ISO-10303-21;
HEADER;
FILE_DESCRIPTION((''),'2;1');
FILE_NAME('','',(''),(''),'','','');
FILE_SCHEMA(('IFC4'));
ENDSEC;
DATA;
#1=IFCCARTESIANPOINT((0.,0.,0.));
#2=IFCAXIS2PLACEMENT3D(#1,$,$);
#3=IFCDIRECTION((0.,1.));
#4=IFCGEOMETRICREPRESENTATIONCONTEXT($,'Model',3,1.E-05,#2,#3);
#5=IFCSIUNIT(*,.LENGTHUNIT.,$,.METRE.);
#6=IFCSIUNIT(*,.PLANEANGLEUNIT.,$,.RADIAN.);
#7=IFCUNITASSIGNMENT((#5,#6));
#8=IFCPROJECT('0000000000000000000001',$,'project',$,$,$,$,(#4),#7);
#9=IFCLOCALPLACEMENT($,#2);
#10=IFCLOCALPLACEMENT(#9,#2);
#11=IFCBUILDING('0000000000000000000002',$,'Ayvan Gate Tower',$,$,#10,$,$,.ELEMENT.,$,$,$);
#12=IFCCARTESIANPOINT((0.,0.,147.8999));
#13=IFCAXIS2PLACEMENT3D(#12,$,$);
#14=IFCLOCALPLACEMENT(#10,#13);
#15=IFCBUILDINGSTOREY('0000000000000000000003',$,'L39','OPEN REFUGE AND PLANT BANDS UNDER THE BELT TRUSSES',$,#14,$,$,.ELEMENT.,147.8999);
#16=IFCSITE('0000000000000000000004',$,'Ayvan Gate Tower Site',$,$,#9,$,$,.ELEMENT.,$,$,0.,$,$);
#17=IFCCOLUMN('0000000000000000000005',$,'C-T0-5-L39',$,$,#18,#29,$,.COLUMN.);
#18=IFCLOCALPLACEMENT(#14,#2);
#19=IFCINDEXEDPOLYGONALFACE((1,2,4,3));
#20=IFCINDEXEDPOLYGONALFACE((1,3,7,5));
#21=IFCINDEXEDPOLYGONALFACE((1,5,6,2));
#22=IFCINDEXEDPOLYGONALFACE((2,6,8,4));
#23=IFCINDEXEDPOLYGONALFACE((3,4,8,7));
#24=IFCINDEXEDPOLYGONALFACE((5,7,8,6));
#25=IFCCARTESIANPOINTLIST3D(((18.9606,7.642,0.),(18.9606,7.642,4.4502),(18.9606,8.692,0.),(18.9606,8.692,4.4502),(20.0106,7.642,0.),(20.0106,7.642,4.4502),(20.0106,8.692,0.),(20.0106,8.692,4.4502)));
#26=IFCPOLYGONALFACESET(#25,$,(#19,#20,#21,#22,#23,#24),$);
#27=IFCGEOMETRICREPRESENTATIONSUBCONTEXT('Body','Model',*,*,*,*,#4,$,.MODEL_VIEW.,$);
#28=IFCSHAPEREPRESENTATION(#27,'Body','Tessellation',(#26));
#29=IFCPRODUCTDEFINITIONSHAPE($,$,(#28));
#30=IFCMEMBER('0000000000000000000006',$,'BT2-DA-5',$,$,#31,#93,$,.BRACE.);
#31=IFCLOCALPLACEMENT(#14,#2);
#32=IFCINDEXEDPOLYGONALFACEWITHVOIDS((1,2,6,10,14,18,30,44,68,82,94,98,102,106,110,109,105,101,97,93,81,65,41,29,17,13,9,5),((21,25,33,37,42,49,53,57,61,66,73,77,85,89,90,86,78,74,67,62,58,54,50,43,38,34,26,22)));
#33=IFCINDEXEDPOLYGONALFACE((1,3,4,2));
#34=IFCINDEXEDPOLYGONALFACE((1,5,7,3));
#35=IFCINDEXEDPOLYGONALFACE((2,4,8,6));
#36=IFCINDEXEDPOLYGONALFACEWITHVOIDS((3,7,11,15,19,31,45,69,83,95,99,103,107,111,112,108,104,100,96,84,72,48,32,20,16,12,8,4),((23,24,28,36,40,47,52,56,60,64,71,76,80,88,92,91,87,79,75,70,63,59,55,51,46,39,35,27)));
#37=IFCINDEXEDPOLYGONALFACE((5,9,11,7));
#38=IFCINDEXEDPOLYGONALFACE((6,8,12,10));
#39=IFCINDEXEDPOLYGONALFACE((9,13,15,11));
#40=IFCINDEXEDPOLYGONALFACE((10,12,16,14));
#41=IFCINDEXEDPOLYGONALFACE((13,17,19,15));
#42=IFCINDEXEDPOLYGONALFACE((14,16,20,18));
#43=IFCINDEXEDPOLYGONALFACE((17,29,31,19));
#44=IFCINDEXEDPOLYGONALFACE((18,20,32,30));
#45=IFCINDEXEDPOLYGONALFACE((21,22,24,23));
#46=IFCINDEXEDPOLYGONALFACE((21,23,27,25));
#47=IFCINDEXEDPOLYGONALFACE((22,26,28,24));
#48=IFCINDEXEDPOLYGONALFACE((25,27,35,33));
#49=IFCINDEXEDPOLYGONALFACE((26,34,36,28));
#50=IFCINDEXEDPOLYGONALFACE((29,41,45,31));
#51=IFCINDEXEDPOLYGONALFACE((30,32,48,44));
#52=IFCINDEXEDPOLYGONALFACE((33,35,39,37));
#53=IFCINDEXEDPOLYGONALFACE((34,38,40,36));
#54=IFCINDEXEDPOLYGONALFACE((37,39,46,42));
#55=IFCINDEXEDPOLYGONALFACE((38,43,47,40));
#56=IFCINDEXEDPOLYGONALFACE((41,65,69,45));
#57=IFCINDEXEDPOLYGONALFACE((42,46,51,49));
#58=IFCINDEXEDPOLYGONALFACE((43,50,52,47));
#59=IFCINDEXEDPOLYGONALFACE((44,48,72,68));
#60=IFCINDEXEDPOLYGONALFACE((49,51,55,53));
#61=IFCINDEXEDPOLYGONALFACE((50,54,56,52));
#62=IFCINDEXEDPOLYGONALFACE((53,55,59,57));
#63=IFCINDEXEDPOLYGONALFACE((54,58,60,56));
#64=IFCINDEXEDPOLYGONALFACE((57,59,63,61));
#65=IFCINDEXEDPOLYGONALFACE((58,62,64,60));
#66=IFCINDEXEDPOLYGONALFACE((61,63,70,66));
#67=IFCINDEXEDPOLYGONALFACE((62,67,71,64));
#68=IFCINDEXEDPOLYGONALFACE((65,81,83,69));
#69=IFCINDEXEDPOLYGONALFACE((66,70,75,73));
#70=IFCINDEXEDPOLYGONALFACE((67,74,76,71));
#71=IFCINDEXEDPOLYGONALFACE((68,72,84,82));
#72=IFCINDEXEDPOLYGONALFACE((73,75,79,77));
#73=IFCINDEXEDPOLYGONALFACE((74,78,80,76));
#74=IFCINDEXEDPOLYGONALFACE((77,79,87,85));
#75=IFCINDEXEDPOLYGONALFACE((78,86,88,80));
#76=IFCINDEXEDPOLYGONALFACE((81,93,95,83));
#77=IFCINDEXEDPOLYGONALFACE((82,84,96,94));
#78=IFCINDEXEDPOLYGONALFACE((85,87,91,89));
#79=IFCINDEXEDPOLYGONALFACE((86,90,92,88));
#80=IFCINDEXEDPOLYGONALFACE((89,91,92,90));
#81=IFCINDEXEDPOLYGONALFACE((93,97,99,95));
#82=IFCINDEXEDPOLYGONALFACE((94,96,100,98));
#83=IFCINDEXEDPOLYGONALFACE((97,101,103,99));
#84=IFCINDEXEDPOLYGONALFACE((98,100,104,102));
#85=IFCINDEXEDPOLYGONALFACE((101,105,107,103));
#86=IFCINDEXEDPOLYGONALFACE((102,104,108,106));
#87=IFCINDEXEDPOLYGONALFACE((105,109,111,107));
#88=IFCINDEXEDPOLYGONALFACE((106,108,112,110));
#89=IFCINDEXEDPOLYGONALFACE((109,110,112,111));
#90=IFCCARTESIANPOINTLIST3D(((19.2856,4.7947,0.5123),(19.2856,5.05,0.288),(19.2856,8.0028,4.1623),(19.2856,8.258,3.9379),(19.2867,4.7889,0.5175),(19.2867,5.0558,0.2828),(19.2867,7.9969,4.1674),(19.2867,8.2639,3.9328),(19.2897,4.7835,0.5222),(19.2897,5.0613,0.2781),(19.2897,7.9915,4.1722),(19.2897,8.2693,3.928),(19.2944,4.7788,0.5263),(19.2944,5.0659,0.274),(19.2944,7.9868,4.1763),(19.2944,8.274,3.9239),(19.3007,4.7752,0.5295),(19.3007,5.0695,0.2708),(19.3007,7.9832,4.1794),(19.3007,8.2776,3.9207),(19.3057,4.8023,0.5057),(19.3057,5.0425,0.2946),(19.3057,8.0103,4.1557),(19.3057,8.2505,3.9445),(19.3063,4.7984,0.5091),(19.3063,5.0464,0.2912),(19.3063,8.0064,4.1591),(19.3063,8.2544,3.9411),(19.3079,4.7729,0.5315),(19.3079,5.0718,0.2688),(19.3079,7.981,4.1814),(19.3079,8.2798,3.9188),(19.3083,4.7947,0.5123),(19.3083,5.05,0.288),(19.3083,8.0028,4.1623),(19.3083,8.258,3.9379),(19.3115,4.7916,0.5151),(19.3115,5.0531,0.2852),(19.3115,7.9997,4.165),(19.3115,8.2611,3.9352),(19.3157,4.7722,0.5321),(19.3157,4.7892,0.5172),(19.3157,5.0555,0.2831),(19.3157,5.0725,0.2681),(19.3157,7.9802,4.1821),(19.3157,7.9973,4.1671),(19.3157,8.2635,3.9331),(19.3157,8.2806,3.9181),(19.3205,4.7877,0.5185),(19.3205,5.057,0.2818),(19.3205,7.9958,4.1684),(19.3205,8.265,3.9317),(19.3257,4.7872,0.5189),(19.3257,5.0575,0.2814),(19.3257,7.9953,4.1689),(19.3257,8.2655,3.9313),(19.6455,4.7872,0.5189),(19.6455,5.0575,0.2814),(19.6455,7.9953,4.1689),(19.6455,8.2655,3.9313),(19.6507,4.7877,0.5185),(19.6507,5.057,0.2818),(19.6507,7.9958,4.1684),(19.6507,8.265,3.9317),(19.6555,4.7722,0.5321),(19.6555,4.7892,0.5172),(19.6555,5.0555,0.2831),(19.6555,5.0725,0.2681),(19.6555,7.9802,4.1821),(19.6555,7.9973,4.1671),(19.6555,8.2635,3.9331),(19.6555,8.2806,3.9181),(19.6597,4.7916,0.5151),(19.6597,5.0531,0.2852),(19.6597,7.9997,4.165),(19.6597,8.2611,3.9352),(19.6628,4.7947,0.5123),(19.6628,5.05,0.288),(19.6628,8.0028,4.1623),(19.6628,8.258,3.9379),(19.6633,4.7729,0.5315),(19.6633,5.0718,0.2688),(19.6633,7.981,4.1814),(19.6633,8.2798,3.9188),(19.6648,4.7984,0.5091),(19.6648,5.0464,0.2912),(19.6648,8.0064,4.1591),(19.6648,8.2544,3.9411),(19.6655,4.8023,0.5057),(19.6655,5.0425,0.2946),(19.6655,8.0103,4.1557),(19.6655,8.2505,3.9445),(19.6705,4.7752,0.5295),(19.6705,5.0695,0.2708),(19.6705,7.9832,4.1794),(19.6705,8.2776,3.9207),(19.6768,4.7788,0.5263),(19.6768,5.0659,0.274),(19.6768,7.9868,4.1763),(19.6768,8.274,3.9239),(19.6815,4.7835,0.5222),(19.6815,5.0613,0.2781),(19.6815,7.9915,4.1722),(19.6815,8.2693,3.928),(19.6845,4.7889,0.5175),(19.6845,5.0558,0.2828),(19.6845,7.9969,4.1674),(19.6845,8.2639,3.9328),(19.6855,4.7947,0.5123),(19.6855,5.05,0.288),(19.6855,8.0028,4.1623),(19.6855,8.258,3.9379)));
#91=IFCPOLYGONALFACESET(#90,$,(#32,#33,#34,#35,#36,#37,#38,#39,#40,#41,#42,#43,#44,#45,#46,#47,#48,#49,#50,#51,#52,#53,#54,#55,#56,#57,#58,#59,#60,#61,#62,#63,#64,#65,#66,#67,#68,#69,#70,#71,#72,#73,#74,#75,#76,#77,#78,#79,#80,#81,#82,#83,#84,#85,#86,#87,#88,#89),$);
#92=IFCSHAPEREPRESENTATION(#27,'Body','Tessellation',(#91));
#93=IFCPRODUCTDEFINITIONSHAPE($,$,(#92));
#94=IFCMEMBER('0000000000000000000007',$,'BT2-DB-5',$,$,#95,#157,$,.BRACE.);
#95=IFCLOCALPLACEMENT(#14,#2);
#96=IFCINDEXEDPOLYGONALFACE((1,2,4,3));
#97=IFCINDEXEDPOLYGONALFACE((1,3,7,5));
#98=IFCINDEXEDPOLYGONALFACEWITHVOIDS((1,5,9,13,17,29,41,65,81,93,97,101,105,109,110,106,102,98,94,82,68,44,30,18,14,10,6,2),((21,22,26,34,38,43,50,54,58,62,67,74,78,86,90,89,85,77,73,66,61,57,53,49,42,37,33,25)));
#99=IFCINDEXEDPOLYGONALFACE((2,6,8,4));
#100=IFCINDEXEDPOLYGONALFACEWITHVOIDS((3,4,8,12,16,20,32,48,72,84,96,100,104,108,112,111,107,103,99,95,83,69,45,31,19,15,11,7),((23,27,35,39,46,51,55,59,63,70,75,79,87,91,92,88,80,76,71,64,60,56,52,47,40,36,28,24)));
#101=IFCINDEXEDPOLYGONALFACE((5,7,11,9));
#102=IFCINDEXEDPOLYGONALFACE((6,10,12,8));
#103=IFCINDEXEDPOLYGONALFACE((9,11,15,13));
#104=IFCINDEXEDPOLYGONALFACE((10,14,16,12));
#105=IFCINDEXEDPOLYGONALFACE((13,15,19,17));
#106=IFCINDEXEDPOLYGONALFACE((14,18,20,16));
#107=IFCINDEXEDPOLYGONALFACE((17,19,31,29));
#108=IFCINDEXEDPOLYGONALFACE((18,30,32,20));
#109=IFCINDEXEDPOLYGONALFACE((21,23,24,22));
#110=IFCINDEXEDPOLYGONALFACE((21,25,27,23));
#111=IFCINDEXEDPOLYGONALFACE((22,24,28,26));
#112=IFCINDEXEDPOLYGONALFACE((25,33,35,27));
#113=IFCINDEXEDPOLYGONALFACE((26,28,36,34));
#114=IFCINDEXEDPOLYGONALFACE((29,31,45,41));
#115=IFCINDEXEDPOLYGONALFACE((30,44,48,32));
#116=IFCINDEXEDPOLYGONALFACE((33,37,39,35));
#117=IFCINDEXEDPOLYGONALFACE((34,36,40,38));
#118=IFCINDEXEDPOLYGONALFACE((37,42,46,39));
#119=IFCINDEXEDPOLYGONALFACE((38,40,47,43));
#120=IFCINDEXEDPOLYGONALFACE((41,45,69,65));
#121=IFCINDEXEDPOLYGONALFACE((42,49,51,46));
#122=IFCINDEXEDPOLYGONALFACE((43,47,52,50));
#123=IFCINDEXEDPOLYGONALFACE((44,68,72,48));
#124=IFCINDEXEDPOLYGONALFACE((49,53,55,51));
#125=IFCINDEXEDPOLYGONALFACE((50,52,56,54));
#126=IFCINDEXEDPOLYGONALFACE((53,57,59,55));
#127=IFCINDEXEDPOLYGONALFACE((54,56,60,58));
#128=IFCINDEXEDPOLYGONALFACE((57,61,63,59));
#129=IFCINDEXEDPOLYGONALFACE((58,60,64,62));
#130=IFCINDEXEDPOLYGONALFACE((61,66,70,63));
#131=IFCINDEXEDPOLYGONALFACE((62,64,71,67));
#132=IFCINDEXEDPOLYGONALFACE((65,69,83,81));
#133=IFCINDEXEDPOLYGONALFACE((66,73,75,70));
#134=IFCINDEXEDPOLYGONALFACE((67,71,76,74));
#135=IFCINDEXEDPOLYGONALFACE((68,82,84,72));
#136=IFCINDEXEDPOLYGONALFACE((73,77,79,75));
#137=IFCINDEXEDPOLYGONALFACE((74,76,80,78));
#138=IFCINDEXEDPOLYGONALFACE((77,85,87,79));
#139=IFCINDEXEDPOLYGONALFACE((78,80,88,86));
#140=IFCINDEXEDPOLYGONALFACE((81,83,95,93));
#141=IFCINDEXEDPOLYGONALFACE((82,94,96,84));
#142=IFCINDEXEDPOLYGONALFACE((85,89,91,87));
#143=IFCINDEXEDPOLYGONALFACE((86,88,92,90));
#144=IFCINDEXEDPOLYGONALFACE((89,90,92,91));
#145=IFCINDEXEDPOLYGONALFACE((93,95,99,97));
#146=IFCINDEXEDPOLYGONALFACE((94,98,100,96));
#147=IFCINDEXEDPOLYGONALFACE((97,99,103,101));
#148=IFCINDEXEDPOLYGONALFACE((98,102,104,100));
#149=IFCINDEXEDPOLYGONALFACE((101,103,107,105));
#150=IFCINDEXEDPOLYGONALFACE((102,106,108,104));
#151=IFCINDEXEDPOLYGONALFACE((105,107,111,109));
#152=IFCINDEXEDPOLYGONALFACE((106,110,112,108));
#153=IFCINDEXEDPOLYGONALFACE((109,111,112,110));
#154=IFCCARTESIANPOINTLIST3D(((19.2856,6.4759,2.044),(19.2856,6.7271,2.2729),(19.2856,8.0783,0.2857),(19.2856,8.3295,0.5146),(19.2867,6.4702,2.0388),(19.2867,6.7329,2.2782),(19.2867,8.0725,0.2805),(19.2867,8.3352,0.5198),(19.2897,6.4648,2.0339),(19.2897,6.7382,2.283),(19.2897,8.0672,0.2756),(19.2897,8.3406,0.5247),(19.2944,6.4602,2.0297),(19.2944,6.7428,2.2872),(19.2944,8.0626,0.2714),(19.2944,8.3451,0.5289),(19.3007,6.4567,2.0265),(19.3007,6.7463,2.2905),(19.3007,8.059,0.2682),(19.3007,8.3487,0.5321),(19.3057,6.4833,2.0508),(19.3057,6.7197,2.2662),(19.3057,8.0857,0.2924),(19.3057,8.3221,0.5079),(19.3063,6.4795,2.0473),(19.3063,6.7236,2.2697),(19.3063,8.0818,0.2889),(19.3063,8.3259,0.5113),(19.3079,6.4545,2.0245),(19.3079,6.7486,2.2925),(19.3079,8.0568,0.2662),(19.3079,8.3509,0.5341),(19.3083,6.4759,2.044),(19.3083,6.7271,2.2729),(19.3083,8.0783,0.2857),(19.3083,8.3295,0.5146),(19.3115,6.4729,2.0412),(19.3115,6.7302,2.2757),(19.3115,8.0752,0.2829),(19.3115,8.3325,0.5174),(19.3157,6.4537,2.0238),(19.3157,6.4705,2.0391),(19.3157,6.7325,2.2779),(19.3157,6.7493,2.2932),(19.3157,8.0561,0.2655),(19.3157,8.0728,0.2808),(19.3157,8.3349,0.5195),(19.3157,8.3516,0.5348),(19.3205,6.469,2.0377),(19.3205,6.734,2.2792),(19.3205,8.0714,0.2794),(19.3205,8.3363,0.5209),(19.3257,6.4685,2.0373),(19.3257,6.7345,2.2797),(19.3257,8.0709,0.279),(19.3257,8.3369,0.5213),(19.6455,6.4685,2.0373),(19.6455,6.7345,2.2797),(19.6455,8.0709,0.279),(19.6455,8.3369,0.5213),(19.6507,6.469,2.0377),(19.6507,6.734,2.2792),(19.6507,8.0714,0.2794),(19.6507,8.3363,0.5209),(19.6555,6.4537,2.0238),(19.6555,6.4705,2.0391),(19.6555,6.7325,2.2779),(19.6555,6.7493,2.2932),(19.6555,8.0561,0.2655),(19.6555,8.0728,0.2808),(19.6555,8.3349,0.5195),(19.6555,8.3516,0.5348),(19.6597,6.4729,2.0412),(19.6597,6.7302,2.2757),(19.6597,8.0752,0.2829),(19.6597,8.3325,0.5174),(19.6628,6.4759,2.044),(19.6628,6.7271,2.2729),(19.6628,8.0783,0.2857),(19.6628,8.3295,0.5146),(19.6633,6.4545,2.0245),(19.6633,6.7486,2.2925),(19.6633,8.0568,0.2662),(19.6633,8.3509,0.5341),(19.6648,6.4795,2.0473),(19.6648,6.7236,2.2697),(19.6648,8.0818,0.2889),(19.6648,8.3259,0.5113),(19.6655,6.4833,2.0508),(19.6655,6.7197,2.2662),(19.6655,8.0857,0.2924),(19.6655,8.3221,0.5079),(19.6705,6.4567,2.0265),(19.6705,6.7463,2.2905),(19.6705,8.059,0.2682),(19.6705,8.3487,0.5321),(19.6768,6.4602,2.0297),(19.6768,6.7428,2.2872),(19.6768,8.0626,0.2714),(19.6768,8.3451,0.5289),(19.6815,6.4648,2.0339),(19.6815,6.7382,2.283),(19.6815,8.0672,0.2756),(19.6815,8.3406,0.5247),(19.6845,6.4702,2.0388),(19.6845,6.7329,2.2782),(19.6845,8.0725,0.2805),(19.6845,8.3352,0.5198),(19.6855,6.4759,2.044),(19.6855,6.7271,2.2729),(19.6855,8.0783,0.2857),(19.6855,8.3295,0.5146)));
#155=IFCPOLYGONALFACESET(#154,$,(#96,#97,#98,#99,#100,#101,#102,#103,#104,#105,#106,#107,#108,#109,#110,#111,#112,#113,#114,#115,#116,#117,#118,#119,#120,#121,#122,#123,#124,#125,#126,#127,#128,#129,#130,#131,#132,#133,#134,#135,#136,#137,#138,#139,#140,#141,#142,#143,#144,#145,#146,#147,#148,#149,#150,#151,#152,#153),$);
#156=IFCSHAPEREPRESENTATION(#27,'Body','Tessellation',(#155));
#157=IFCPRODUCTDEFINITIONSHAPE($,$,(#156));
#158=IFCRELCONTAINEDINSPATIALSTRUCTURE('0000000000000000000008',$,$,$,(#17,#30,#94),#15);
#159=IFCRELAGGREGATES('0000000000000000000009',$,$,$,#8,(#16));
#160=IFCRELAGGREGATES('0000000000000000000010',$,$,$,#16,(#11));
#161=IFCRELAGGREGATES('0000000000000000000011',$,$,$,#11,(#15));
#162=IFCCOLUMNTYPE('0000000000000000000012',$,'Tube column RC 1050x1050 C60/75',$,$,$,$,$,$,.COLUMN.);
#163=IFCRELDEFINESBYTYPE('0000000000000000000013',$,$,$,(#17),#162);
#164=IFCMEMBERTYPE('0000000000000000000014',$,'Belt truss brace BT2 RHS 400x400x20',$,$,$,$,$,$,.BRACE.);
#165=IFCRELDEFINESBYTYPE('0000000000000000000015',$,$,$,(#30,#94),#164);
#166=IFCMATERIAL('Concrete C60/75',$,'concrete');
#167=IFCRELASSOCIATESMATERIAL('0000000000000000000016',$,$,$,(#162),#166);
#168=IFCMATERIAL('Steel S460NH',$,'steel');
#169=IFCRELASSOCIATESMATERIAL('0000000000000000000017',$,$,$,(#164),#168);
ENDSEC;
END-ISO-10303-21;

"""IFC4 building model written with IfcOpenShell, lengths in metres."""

from ifc_helpers import new_model, si_unit, direction, frame, origin, origin_2d, place, context, subcontext, project, spatial, rectangle, hollow_rectangle, extrude, material, material_profile, profile_set, type_object, element, save


model = new_model("IFC4")

# Units and contexts
model_context = context("Model", 3, precision=1e-05, world=origin(), true_north=direction((0.0, 1.0)))
body_context = subcontext(model_context, "Body", "Model", "MODEL_VIEW")
ifc_project = project(units=[si_unit("LENGTHUNIT", "METRE"), si_unit("PLANEANGLEUNIT", "RADIAN")], contexts=[model_context])

# Site, building, storey
site_placement = place(None, origin())
site = spatial("IfcSite", under=ifc_project, at=site_placement, Name="Ayvan Gate Tower Site", CompositionType="ELEMENT", RefElevation=0.0)
building_placement = place(site_placement, origin())
building = spatial("IfcBuilding", under=site, at=building_placement, Name="Ayvan Gate Tower", CompositionType="ELEMENT")
storey_placement = place(building_placement, frame((0.0, 0.0, 147.8999)))
storey = spatial("IfcBuildingStorey", under=building, at=storey_placement, Name="L39", Description="OPEN REFUGE AND PLANT BANDS UNDER THE BELT TRUSSES", CompositionType="ELEMENT", Elevation=147.8999)

# Column
ifc_material_1 = material(Name="Concrete C60/75", Category="concrete")
ifc_material_profile_1 = material_profile(ifc_material_1, rectangle(XDim=1.05, YDim=1.05, at=origin_2d()), Name="RC 1050x1050")
ifc_profile_set_1 = profile_set([ifc_material_profile_1], Name="Concrete C60/75")
column_type = type_object("IfcColumnType", Name="Tube column RC 1050x1050 C60/75", PredefinedType="COLUMN", material=ifc_profile_set_1)
column_placement = place(storey_placement, frame((19.4856, 8.167, 0.0), z_axis=(0.0, 0.0, 1.0), x_axis=(1.0, 0.0, 0.0)))
element("IfcColumn", 1, at=column_placement, inside=storey, type_object=column_type, Name="C-T0-5-L39", PredefinedType="COLUMN", context=body_context, shape_type="SweptSolid", body=[
    extrude(rectangle(XDim=1.05, YDim=1.05, at=origin_2d()), origin(), (0.0, 0.0, 1.0), 4.4502),
])

# Members
ifc_material_2 = material(Name="Steel S460NH", Category="steel")
ifc_material_profile_2 = material_profile(ifc_material_2, hollow_rectangle(XDim=0.3999, YDim=0.3999, WallThickness=0.02, InnerFilletRadius=0.02, OuterFilletRadius=0.03, at=origin_2d()), Name="RHS 400x400x20")
ifc_profile_set_2 = profile_set([ifc_material_profile_2], Name="Steel S460NH")
member_type_1 = type_object("IfcMemberType", Name="Belt truss brace BT2 RHS 400x400x20", PredefinedType="BRACE", material=ifc_profile_set_2)
member_1_placement = place(storey_placement, frame((19.4856, 4.9224, 0.4001), z_axis=(0.0, 0.660175, 0.751112), x_axis=(-1.0, 0.0, 0.0)))
element("IfcMember", 2, at=member_1_placement, inside=storey, type_object=member_type_1, Name="BT2-DA-5", PredefinedType="BRACE", context=body_context, shape_type="SweptSolid", body=[
    extrude(hollow_rectangle(XDim=0.3999, YDim=0.3999, WallThickness=0.02, InnerFilletRadius=0.02, OuterFilletRadius=0.03, at=origin_2d()), origin(), (0.0, 0.0, 1.0), 4.8594),
])
member_2_placement = place(storey_placement, frame((19.4856, 8.2039, 0.4001), z_axis=(0.0, -0.673556, 0.739136), x_axis=(1.0, 0.0, 0.0)))
element("IfcMember", 3, at=member_2_placement, inside=storey, type_object=member_type_1, Name="BT2-DB-5", PredefinedType="BRACE", context=body_context, shape_type="SweptSolid", body=[
    extrude(hollow_rectangle(XDim=0.3999, YDim=0.3999, WallThickness=0.02, InnerFilletRadius=0.02, OuterFilletRadius=0.03, at=origin_2d()), origin(), (0.0, 0.0, 1.0), 2.3789),
])

save(model, "model.ifc")
